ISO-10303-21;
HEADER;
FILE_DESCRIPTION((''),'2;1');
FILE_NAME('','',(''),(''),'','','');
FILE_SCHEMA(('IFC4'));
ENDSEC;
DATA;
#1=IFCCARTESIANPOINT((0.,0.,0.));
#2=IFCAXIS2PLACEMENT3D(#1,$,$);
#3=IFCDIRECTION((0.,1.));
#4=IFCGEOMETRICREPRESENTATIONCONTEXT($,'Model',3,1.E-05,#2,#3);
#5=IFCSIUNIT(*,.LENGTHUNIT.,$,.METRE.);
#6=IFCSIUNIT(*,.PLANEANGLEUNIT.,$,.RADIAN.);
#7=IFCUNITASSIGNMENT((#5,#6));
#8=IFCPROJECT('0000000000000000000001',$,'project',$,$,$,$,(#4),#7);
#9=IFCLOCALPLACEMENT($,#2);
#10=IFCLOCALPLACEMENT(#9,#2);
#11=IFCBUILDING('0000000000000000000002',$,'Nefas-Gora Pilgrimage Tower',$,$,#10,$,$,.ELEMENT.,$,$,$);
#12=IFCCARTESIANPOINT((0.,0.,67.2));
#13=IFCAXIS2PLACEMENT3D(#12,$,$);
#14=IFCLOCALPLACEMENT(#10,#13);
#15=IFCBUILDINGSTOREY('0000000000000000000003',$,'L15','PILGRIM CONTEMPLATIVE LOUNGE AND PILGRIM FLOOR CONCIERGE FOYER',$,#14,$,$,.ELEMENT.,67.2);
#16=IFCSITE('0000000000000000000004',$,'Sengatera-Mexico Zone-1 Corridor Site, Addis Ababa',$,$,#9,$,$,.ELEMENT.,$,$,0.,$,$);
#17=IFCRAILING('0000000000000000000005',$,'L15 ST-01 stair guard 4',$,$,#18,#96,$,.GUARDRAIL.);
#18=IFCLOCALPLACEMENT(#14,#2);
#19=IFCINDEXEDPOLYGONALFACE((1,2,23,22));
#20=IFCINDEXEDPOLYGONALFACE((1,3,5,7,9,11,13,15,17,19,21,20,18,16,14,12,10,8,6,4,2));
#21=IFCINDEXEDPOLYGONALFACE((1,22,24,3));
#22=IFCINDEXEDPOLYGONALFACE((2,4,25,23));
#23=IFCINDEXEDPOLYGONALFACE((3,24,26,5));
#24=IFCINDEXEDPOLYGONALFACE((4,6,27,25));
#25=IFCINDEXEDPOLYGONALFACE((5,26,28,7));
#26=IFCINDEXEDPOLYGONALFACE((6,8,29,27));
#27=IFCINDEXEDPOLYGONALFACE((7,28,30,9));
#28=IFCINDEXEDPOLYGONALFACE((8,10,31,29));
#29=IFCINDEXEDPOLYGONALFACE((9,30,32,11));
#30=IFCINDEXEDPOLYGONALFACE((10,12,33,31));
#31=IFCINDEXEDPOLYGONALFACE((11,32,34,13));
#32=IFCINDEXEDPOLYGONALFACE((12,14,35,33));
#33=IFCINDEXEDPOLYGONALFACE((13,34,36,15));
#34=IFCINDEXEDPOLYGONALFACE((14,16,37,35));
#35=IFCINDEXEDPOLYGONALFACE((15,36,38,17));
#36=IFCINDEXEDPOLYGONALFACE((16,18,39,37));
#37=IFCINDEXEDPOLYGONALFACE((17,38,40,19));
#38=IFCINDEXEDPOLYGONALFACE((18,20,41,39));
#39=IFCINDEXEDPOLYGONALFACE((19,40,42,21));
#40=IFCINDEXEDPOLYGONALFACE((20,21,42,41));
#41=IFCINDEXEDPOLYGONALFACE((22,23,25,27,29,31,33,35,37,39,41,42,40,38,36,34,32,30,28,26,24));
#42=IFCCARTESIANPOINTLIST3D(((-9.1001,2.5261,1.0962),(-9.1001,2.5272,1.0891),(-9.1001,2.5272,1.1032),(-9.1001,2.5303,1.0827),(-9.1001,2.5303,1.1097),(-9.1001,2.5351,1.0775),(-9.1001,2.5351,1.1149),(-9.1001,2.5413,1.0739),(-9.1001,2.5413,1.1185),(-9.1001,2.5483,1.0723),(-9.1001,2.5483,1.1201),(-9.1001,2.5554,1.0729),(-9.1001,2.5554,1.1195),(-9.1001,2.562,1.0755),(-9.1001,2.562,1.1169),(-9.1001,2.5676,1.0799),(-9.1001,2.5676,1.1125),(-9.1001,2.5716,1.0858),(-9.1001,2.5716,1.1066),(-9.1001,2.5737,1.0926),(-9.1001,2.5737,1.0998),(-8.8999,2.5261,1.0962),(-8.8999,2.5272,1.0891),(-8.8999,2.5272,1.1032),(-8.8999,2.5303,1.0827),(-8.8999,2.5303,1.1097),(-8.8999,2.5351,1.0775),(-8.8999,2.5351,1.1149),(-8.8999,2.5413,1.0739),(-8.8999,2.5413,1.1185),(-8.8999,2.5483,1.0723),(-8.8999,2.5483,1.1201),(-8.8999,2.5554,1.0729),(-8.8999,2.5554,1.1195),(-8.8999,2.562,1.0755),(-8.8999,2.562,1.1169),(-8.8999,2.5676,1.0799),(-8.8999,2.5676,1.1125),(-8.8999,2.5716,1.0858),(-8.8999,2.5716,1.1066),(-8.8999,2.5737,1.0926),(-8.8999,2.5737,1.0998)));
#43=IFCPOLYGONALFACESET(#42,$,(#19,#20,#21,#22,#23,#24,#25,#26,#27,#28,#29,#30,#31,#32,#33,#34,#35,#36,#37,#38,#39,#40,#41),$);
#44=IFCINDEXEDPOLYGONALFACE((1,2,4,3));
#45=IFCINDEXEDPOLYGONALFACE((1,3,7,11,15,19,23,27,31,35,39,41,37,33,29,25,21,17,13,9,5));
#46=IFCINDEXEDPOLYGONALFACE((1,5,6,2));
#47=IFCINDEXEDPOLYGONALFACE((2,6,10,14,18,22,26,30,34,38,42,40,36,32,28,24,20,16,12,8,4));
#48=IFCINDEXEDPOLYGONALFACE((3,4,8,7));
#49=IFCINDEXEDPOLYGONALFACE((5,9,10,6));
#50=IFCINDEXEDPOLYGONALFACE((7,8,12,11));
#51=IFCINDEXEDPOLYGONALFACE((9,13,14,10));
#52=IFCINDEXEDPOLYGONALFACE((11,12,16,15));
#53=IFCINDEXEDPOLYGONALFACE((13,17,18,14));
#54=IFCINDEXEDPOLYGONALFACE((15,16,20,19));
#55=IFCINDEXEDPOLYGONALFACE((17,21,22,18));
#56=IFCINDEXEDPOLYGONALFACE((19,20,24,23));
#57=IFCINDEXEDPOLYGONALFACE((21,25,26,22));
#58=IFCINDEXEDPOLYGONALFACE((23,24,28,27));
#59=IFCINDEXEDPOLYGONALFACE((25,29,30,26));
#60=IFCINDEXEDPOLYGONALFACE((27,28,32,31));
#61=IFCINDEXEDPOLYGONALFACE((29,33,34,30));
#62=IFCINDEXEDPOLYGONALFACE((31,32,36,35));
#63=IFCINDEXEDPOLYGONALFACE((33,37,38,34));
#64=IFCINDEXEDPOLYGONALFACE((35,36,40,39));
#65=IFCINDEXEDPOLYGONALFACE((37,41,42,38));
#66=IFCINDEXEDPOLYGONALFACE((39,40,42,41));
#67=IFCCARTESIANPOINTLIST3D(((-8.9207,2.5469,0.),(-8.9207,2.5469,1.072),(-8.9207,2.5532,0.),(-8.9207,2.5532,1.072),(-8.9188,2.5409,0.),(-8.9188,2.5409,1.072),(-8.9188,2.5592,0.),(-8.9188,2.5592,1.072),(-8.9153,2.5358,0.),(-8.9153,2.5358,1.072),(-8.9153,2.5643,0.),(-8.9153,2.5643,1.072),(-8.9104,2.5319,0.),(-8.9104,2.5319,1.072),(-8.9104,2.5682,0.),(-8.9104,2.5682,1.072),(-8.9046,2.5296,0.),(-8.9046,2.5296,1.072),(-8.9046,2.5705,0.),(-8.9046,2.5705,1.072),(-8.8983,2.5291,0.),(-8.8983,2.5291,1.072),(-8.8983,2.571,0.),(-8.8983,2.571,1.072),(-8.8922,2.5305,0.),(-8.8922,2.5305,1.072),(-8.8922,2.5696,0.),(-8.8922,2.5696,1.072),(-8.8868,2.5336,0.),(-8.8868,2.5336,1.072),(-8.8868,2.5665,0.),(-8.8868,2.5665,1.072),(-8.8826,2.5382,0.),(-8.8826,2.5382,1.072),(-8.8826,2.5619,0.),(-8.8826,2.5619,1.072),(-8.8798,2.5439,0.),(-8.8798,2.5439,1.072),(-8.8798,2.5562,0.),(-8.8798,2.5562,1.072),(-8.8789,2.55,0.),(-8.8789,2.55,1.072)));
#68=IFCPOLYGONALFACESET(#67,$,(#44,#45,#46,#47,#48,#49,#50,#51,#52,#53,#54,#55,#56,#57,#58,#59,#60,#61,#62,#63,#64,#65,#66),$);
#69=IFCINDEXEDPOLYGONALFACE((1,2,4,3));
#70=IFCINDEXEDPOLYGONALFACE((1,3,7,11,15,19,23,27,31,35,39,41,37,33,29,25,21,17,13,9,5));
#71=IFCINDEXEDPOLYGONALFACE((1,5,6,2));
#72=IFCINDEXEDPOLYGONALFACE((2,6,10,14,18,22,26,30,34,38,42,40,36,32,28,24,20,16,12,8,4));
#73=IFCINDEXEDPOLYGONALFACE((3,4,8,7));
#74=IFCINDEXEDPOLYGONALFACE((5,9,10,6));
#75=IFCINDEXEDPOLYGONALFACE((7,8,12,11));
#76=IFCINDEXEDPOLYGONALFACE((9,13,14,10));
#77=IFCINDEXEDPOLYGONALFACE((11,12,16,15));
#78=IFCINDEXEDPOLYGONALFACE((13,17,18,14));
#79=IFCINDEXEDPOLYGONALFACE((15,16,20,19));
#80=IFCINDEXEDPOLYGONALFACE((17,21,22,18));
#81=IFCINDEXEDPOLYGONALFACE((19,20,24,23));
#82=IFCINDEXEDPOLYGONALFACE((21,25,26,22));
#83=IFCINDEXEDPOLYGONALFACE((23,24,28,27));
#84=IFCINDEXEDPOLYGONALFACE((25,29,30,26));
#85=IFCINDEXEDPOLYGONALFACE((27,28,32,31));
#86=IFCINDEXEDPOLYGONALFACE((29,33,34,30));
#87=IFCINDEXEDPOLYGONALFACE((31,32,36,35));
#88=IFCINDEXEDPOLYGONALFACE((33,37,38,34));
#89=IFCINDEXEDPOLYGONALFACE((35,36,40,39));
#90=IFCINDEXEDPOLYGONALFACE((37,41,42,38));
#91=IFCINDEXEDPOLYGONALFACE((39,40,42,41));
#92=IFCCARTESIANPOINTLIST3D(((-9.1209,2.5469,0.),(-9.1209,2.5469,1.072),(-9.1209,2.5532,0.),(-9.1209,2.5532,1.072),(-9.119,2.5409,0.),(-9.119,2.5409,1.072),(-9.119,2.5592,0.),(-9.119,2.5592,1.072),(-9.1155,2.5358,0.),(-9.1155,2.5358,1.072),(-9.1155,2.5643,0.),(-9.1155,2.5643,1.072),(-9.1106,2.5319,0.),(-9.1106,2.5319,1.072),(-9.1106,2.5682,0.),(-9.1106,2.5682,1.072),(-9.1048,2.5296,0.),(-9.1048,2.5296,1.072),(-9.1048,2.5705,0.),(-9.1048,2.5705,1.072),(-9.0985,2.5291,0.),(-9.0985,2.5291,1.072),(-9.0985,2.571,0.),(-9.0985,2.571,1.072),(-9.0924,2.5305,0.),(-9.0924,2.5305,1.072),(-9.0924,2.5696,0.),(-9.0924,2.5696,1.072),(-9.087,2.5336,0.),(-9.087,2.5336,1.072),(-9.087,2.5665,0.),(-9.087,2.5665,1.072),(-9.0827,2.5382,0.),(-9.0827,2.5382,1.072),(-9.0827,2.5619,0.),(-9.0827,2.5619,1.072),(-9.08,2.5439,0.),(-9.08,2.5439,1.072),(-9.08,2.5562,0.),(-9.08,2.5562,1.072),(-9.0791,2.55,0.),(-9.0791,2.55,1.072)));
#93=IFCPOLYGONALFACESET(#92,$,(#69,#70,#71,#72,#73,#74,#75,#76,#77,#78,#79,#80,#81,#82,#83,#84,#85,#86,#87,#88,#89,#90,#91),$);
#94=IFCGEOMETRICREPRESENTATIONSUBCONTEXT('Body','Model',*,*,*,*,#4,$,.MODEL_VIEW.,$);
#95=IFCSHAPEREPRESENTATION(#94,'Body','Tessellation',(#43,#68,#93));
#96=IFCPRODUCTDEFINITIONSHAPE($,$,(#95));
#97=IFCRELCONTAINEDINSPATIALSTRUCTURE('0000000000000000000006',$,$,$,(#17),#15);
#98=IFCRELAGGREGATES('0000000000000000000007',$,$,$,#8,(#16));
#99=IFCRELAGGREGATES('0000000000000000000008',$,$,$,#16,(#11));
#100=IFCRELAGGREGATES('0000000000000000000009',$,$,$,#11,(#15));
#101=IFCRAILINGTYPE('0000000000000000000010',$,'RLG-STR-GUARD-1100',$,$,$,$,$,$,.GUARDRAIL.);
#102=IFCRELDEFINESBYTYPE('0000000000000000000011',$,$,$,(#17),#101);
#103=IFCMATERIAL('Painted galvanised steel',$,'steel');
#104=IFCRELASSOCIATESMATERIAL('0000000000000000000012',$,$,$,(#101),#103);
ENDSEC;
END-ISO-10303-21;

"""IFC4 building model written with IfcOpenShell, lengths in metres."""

from ifc_helpers import new_model, si_unit, direction, frame, origin, origin_2d, place, context, subcontext, project, spatial, circle, extrude, material, type_object, element, save


model = new_model("IFC4")

# Units and contexts
model_context = context("Model", 3, precision=1e-05, world=origin(), true_north=direction((0.0, 1.0)))
body_context = subcontext(model_context, "Body", "Model", "MODEL_VIEW")
ifc_project = project(units=[si_unit("LENGTHUNIT", "METRE"), si_unit("PLANEANGLEUNIT", "RADIAN")], contexts=[model_context])

# Site, building, storey
site_placement = place(None, origin())
site = spatial("IfcSite", under=ifc_project, at=site_placement, Name="Sengatera-Mexico Zone-1 Corridor Site, Addis Ababa", CompositionType="ELEMENT", RefElevation=0.0)
building_placement = place(site_placement, origin())
building = spatial("IfcBuilding", under=site, at=building_placement, Name="Nefas-Gora Pilgrimage Tower", CompositionType="ELEMENT")
storey_placement = place(building_placement, frame((0.0, 0.0, 67.2)))
storey = spatial("IfcBuildingStorey", under=building, at=storey_placement, Name="L15", Description="PILGRIM CONTEMPLATIVE LOUNGE AND PILGRIM FLOOR CONCIERGE FOYER", CompositionType="ELEMENT", Elevation=67.2)

# Railing
ifc_material_1 = material(Name="Painted galvanised steel", Category="steel")
railing_type_1 = type_object("IfcRailingType", Name="RLG-STR-GUARD-1100", PredefinedType="GUARDRAIL", material=ifc_material_1)
railing_1_placement = place(storey_placement, frame((-8.8999, 2.55, 0.0)))
element("IfcRailing", 1, at=railing_1_placement, inside=storey, type_object=railing_type_1, Name="L15 ST-01 stair guard 4", PredefinedType="GUARDRAIL", context=body_context, shape_type="SweptSolid", body=[
    extrude(circle(Radius=0.0239, at=origin_2d()), frame((0.0, 0.0, 1.0962), z_axis=(-1.0, 0.0, 0.0), x_axis=(0.0, -1.0, 0.0)), (0.0, 0.0, 1.0), 0.2002),
    extrude(circle(Radius=0.021, at=origin_2d()), origin(), (0.0, 0.0, 1.0), 1.072),
    extrude(circle(Radius=0.021, at=origin_2d()), frame((-0.2002, 0.0, 0.0)), (0.0, 0.0, 1.0), 1.072),
])

save(model, "model.ifc")
